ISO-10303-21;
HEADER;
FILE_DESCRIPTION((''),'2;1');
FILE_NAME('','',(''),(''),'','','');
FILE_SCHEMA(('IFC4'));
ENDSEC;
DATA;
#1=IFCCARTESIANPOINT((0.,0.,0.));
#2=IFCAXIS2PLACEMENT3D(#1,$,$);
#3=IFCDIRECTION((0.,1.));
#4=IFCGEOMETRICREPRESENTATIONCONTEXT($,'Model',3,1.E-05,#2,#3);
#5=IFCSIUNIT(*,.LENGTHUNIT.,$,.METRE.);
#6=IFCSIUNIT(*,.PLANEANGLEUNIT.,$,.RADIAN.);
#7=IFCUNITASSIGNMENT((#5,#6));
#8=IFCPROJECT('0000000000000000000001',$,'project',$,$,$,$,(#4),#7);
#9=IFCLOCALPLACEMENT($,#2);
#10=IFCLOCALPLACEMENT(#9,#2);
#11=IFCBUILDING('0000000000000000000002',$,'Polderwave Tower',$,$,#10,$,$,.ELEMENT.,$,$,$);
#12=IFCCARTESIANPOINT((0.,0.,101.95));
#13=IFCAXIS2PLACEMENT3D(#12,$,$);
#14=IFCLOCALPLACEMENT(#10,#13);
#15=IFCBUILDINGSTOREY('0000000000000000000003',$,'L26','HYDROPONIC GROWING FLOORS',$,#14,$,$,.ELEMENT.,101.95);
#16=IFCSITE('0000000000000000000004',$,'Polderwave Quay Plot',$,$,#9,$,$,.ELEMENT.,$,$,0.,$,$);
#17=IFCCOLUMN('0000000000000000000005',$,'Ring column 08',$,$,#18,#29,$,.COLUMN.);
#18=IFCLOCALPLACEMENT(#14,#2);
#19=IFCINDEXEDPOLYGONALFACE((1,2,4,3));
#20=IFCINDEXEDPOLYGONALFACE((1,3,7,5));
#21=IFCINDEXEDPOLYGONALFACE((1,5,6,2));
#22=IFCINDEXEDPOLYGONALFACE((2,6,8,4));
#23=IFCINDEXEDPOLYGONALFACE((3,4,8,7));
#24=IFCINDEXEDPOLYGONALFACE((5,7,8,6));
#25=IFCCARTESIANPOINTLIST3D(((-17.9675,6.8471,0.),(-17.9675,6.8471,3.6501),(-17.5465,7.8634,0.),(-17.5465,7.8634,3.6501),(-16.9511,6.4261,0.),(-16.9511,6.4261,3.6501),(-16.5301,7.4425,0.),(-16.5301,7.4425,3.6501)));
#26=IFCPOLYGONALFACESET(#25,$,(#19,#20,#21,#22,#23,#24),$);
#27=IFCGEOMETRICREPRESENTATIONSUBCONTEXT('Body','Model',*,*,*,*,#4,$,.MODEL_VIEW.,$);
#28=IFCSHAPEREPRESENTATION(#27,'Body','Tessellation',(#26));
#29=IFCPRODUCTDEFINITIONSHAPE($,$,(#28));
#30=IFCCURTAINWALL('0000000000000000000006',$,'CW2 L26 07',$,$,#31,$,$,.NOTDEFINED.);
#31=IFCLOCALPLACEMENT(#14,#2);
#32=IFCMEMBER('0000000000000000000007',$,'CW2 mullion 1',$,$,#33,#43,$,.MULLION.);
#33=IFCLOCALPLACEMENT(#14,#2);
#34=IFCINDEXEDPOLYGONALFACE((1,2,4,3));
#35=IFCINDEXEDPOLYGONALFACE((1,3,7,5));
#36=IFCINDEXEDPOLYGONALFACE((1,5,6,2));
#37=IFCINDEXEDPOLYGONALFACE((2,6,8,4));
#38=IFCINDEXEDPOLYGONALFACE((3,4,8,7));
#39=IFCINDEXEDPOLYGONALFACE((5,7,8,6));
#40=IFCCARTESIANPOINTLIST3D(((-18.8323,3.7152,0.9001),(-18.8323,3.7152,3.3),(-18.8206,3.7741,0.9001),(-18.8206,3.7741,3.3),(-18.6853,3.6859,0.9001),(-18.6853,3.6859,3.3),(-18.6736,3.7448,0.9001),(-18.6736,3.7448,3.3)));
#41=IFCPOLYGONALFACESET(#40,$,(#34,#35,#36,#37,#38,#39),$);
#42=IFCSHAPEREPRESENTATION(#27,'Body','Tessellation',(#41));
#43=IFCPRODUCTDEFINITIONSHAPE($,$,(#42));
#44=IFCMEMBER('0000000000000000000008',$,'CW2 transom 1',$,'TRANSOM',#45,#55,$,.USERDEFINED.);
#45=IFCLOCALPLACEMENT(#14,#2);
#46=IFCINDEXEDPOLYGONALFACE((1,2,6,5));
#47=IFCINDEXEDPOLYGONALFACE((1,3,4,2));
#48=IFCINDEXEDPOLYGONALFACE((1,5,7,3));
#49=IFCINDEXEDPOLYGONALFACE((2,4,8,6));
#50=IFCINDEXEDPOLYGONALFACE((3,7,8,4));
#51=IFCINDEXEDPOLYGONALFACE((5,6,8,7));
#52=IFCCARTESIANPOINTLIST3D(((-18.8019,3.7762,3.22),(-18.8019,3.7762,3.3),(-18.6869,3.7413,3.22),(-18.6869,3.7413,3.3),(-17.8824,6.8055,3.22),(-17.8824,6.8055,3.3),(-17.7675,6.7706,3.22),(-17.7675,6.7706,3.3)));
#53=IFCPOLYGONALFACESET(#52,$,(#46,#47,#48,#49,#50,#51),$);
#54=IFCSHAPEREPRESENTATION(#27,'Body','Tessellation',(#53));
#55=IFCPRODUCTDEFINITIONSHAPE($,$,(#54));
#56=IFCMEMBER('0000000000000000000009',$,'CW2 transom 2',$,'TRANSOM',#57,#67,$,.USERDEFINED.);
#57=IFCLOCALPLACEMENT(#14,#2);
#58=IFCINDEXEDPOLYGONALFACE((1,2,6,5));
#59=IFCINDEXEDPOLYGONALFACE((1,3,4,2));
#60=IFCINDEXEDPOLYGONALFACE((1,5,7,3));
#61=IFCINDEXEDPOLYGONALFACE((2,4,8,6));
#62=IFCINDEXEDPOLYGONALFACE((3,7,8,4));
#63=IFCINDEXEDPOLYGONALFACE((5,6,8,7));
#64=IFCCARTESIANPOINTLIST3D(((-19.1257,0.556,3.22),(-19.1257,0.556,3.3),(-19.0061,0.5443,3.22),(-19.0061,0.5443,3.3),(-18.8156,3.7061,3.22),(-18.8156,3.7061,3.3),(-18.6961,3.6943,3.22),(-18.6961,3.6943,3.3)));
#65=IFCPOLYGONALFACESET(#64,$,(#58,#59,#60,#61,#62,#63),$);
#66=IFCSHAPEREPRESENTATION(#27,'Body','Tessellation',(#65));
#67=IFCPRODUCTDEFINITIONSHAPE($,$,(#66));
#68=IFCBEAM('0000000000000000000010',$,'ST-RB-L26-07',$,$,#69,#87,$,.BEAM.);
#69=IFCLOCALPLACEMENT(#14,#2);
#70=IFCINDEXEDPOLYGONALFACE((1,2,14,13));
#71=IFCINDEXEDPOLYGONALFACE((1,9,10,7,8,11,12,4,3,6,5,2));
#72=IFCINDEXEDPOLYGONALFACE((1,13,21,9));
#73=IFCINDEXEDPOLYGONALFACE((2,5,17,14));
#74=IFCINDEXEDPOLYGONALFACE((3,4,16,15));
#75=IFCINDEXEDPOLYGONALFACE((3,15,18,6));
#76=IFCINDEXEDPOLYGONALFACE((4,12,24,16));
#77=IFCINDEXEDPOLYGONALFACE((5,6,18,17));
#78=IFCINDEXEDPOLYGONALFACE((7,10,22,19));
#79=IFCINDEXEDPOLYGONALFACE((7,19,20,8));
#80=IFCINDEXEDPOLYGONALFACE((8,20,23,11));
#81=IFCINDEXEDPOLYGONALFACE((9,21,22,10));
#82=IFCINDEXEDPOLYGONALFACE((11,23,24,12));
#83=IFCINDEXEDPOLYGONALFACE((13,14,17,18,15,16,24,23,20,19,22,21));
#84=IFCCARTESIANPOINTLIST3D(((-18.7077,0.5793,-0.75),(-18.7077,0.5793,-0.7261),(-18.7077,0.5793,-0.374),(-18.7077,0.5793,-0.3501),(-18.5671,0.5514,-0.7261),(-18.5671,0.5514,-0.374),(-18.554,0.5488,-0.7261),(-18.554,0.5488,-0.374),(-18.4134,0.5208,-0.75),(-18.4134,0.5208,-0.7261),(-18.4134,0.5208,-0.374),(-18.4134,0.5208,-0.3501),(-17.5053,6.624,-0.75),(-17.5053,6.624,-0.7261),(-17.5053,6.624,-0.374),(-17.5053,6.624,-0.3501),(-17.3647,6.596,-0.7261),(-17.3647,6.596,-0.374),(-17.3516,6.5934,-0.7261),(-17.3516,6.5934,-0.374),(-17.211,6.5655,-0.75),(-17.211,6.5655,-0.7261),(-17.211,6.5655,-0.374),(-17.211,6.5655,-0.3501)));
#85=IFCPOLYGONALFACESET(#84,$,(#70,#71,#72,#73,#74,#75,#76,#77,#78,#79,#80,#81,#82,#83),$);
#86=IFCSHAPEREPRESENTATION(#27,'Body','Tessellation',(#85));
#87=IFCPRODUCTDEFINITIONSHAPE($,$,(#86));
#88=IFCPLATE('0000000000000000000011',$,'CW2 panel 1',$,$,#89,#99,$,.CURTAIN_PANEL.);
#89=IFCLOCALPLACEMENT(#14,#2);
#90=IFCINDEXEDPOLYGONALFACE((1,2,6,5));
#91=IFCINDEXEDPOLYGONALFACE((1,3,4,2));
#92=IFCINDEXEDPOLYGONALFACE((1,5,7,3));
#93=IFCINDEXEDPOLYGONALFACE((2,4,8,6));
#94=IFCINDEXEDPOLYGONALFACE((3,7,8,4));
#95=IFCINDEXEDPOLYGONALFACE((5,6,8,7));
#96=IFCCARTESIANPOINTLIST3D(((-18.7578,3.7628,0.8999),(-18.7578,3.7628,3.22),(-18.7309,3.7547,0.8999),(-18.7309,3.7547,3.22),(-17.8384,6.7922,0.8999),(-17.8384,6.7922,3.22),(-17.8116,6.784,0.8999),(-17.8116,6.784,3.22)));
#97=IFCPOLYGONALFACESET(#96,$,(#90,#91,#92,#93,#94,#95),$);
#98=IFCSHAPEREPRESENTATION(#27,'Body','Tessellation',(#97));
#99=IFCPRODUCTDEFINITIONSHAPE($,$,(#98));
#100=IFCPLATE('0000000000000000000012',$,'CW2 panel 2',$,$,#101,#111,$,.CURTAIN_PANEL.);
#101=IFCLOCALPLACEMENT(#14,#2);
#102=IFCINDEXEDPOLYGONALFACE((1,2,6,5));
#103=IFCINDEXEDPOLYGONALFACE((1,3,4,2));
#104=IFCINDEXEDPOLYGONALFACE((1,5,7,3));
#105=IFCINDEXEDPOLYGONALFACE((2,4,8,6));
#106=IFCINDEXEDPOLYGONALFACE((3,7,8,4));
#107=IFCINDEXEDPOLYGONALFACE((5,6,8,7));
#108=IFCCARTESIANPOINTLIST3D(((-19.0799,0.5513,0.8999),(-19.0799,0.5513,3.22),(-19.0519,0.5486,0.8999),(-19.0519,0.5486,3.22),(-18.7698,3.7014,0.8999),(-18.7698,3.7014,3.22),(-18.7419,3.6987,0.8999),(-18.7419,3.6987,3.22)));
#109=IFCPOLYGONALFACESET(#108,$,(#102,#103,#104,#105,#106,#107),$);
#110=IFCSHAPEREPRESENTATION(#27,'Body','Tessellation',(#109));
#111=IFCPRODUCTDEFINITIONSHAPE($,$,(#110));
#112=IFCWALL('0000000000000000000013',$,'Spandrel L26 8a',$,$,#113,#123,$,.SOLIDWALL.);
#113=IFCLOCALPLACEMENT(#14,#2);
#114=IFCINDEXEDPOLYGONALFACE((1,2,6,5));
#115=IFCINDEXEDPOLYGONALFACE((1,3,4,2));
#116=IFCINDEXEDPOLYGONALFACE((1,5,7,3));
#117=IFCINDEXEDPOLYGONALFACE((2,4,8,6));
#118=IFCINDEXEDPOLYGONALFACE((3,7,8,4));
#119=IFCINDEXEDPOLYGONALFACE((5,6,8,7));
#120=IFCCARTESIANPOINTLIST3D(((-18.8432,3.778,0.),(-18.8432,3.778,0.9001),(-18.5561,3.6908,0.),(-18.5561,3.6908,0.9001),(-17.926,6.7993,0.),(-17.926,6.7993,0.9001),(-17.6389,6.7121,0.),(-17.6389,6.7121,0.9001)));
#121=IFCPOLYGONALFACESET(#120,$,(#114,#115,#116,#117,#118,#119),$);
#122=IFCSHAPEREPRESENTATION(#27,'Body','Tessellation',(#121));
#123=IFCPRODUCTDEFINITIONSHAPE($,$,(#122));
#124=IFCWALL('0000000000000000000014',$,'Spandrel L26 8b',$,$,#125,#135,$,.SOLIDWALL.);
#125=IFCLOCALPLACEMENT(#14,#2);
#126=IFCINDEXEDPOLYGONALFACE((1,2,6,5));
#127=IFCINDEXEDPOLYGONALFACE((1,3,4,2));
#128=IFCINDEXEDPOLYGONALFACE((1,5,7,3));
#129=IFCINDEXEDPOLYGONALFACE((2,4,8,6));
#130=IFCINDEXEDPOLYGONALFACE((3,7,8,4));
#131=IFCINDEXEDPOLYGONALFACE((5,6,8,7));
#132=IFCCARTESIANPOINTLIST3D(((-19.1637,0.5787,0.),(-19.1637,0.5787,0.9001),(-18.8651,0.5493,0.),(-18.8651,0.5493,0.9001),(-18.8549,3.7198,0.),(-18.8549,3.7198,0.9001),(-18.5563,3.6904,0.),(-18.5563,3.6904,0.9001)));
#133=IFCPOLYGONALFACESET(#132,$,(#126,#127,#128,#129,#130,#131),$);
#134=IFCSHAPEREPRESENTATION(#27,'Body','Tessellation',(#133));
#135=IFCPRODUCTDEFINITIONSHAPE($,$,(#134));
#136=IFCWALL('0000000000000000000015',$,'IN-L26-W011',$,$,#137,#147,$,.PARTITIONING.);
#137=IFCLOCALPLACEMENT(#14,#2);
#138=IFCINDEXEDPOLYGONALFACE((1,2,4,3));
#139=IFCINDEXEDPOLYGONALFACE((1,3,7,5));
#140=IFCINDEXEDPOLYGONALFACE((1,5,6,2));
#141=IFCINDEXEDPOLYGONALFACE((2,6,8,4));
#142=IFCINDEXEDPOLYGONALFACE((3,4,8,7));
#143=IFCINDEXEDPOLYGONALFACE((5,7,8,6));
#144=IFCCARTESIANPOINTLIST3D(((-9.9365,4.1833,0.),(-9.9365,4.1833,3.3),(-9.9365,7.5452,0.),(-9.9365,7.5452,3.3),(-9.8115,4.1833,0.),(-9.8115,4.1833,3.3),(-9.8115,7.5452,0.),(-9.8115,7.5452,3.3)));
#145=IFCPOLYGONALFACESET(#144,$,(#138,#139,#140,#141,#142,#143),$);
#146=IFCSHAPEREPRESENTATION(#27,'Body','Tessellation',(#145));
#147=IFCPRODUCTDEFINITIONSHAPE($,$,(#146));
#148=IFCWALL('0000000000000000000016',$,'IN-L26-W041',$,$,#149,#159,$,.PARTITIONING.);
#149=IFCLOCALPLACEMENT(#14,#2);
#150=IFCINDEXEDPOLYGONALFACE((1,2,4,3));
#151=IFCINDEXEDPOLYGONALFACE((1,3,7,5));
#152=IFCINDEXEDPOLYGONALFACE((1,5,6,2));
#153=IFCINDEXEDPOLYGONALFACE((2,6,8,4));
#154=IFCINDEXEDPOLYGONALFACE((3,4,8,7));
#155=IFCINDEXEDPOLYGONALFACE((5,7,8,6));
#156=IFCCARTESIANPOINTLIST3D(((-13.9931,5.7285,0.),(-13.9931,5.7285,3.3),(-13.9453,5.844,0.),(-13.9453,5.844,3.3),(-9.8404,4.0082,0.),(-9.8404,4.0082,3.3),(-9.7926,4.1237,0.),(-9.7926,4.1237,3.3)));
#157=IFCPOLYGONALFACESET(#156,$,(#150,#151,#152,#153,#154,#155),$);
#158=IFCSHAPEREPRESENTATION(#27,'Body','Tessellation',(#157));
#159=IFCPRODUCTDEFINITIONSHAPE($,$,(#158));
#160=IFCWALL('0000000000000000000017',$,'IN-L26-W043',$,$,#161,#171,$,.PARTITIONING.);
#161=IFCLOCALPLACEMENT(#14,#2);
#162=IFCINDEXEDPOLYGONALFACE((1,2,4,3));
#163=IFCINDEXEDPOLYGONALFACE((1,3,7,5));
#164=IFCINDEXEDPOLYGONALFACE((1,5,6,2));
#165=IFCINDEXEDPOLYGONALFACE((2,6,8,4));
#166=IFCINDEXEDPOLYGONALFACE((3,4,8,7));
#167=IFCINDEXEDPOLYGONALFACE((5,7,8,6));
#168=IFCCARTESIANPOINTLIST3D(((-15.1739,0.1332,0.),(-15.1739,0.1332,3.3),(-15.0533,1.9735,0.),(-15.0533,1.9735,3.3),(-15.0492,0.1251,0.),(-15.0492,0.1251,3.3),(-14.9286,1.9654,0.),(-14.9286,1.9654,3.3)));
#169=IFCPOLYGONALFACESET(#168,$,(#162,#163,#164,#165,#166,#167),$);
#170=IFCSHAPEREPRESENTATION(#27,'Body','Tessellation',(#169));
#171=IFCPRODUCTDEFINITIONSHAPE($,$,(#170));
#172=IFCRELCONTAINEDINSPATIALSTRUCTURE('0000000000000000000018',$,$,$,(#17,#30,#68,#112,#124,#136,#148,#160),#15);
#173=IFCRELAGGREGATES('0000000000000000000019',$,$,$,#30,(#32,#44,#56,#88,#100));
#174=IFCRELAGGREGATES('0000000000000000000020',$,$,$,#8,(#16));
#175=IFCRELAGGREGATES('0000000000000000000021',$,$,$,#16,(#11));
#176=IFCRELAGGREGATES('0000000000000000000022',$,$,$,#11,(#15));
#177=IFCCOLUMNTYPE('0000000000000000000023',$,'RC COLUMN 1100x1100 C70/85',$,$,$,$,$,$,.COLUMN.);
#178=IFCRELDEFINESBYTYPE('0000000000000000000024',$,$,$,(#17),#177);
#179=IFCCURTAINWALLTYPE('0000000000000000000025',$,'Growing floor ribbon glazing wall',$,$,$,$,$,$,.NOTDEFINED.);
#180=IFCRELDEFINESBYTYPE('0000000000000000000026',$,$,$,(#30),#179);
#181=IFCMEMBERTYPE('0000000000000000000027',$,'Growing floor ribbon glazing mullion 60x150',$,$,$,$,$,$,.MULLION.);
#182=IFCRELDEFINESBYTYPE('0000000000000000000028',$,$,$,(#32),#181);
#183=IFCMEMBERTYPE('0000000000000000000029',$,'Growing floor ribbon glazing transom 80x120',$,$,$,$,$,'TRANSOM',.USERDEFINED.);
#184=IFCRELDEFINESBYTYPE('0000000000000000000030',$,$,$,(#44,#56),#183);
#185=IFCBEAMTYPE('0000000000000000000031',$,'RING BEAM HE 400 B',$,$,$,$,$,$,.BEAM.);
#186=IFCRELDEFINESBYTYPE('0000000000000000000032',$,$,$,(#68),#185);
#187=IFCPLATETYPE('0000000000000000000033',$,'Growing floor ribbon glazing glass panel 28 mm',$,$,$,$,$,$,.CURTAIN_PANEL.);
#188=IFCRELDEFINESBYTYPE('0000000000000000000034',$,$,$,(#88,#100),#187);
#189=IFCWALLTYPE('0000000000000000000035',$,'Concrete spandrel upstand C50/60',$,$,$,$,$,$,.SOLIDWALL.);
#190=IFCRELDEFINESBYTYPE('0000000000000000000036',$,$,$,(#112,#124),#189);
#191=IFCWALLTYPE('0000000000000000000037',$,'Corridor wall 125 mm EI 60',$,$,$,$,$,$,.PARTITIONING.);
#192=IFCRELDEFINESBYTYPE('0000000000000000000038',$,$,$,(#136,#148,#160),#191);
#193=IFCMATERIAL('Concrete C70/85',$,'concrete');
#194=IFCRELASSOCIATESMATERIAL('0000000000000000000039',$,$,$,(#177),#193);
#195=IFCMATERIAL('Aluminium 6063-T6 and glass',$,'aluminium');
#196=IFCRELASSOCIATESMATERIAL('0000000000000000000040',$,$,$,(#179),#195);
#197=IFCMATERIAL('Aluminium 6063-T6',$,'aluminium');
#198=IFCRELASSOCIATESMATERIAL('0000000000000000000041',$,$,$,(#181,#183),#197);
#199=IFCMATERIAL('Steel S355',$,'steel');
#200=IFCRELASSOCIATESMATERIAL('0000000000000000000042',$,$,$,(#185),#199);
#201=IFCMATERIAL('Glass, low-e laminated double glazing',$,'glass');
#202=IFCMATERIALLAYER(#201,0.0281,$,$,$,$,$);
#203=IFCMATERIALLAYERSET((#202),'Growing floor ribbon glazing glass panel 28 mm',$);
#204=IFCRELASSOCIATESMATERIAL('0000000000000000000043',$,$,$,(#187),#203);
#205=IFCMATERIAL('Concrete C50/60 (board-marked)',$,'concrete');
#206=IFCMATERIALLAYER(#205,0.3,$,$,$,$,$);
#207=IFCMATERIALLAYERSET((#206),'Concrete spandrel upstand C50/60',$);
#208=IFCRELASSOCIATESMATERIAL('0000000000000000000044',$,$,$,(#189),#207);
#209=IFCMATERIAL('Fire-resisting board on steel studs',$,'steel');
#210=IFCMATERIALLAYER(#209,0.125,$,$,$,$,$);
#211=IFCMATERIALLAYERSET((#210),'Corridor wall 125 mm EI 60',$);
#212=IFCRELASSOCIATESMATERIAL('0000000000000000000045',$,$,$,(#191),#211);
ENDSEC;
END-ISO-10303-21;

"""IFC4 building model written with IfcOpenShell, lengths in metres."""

from ifc_helpers import new_model, si_unit, direction, frame, frame_2d, origin, origin_2d, place, context, subcontext, project, spatial, rectangle, i_section, extrude, material, layer, layer_set, material_profile, profile_set, type_object, element, aggregate, save


model = new_model("IFC4")

# Units and contexts
model_context = context("Model", 3, precision=1e-05, world=origin(), true_north=direction((0.0, 1.0)))
body_context = subcontext(model_context, "Body", "Model", "MODEL_VIEW")
ifc_project = project(units=[si_unit("LENGTHUNIT", "METRE"), si_unit("PLANEANGLEUNIT", "RADIAN")], contexts=[model_context])

# Site, building, storey
site_placement = place(None, origin())
site = spatial("IfcSite", under=ifc_project, at=site_placement, Name="Polderwave Quay Plot", CompositionType="ELEMENT", RefElevation=0.0)
building_placement = place(site_placement, origin())
building = spatial("IfcBuilding", under=site, at=building_placement, Name="Polderwave Tower", CompositionType="ELEMENT")
storey_placement = place(building_placement, frame((0.0, 0.0, 101.95)))
storey = spatial("IfcBuildingStorey", under=building, at=storey_placement, Name="L26", Description="HYDROPONIC GROWING FLOORS", CompositionType="ELEMENT", Elevation=101.95)

# Column
ifc_material_1 = material(Name="Concrete C70/85", Category="concrete")
ifc_material_profile_1 = material_profile(ifc_material_1, rectangle(XDim=1.1001, YDim=1.1001, at=origin_2d()), Name="RC 1100x1100")
ifc_profile_set_1 = profile_set([ifc_material_profile_1], Name="Concrete C70/85")
column_type = type_object("IfcColumnType", Name="RC COLUMN 1100x1100 C70/85", PredefinedType="COLUMN", material=ifc_profile_set_1)
column_placement = place(storey_placement, frame((-17.2488, 7.1448, 0.0), z_axis=(0.0, 0.0, 1.0), x_axis=(-0.92388, 0.382683, 0.0)))
element("IfcColumn", 1, at=column_placement, inside=storey, type_object=column_type, Name="Ring column 08", PredefinedType="COLUMN", context=body_context, shape_type="SweptSolid", body=[
    extrude(rectangle(XDim=1.1001, YDim=1.1001, at=origin_2d()), origin(), (0.0, 0.0, 1.0), 3.6501),
])

# Curtain wall, members
ifc_material_2 = material(Name="Aluminium 6063-T6 and glass", Category="aluminium")
curtain_wall_type = type_object("IfcCurtainWallType", Name="Growing floor ribbon glazing wall", PredefinedType="NOTDEFINED", material=ifc_material_2)
curtain_wall_placement = place(storey_placement, origin())
curtain_wall = element("IfcCurtainWall", 2, at=curtain_wall_placement, inside=storey, type_object=curtain_wall_type, Name="CW2 L26 07", PredefinedType="NOTDEFINED")
ifc_material_3 = material(Name="Aluminium 6063-T6", Category="aluminium")
ifc_material_profile_2 = material_profile(ifc_material_3, rectangle(XDim=0.1499, YDim=0.0601, at=origin_2d()), Name="AL 60x150")
ifc_profile_set_2 = profile_set([ifc_material_profile_2], Name="Aluminium 6063-T6")
member_type_1 = type_object("IfcMemberType", Name="Growing floor ribbon glazing mullion 60x150", PredefinedType="MULLION", material=ifc_profile_set_2)
member_1_placement = place(storey_placement, frame((-18.7529, 3.73, 0.9001), z_axis=(0.0, 0.0, 1.0), x_axis=(0.980781, -0.195113, 0.0)))
member_1 = element("IfcMember", 3, at=member_1_placement, type_object=member_type_1, Name="CW2 mullion 1", PredefinedType="MULLION", context=body_context, shape_type="SweptSolid", body=[
    extrude(rectangle(XDim=0.1499, YDim=0.0601, at=origin_2d()), origin(), (0.0, 0.0, 1.0), 2.3999),
])
ifc_material_profile_3 = material_profile(ifc_material_3, rectangle(XDim=0.1201, YDim=0.0801, at=origin_2d()), Name="AL 80x120")
ifc_profile_set_3 = profile_set([ifc_material_profile_3], Name="Aluminium 6063-T6")
member_type_2 = type_object("IfcMemberType", Name="Growing floor ribbon glazing transom 80x120", ElementType="TRANSOM", PredefinedType="USERDEFINED", material=ifc_profile_set_3)
member_2_placement = place(storey_placement, frame((-17.825, 6.7881, 3.26), z_axis=(-0.290431, -0.956896, 0.0), x_axis=(0.956896, -0.290431, 0.0)))
member_2 = element("IfcMember", 4, at=member_2_placement, type_object=member_type_2, Name="CW2 transom 1", ObjectType="TRANSOM", PredefinedType="USERDEFINED", context=body_context, shape_type="SweptSolid", body=[
    extrude(rectangle(XDim=0.1201, YDim=0.0801, at=origin_2d()), origin(), (0.0, 0.0, 1.0), 3.1658),
])
member_3_placement = place(storey_placement, frame((-18.7559, 3.7002, 3.26), z_axis=(-0.097953, -0.995191, 0.0), x_axis=(0.995191, -0.097953, 0.0)))
member_3 = element("IfcMember", 5, at=member_3_placement, type_object=member_type_2, Name="CW2 transom 2", ObjectType="TRANSOM", PredefinedType="USERDEFINED", context=body_context, shape_type="SweptSolid", body=[
    extrude(rectangle(XDim=0.1201, YDim=0.0801, at=origin_2d()), origin(), (0.0, 0.0, 1.0), 3.1653),
])

# Beam
ifc_material_4 = material(Name="Steel S355", Category="steel")
ifc_material_profile_4 = material_profile(ifc_material_4, i_section(OverallWidth=0.3, OverallDepth=0.3999, WebThickness=0.0134, FlangeThickness=0.0239, at=origin_2d()), Name="HE 400 B")
ifc_profile_set_4 = profile_set([ifc_material_profile_4], Name="Steel S355")
beam_type = type_object("IfcBeamType", Name="RING BEAM HE 400 B", PredefinedType="BEAM", material=ifc_profile_set_4)
beam_placement = place(storey_placement, frame((-17.3582, 6.5947, -0.55), z_axis=(-0.195095, -0.980784, 0.0), x_axis=(0.980784, -0.195095, 0.0)))
element("IfcBeam", 6, at=beam_placement, inside=storey, type_object=beam_type, Name="ST-RB-L26-07", PredefinedType="BEAM", context=body_context, shape_type="SweptSolid", body=[
    extrude(i_section(OverallWidth=0.3, OverallDepth=0.3999, WebThickness=0.0134, FlangeThickness=0.0239, at=origin_2d()), origin(), (0.0, 0.0, 1.0), 6.1631),
])

# Plates
ifc_material_5 = material(Name="Glass, low-e laminated double glazing", Category="glass")
ifc_layer_1 = layer(ifc_material_5, 0.0281)
ifc_layer_set_1 = layer_set([ifc_layer_1], Name="Growing floor ribbon glazing glass panel 28 mm")
plate_type = type_object("IfcPlateType", Name="Growing floor ribbon glazing glass panel 28 mm", PredefinedType="CURTAIN_PANEL", material=ifc_layer_set_1)
plate_1_placement = place(storey_placement, frame((-18.2847, 5.2734, 0.8999), z_axis=(0.0, 0.0, 1.0), x_axis=(-0.29039, -0.956908, 0.0)))
plate_1 = element("IfcPlate", 7, at=plate_1_placement, type_object=plate_type, Name="CW2 panel 1", PredefinedType="CURTAIN_PANEL", context=body_context, shape_type="SweptSolid", body=[
    extrude(rectangle(XDim=3.1658, YDim=0.0281, at=origin_2d()), origin(), (0.0, 0.0, 1.0), 2.3201),
])
plate_2_placement = place(storey_placement, frame((-18.9109, 2.125, 0.8999), z_axis=(0.0, 0.0, 1.0), x_axis=(-0.097955, -0.995191, 0.0)))
plate_2 = element("IfcPlate", 8, at=plate_2_placement, type_object=plate_type, Name="CW2 panel 2", PredefinedType="CURTAIN_PANEL", context=body_context, shape_type="SweptSolid", body=[
    extrude(rectangle(XDim=3.1653, YDim=0.0281, at=origin_2d()), origin(), (0.0, 0.0, 1.0), 2.3201),
])
aggregate(curtain_wall, [member_1, member_2, member_3, plate_1, plate_2])

# Walls
ifc_material_6 = material(Name="Concrete C50/60 (board-marked)", Category="concrete")
ifc_layer_2 = layer(ifc_material_6, 0.3)
ifc_layer_set_2 = layer_set([ifc_layer_2], Name="Concrete spandrel upstand C50/60")
wall_type_1 = type_object("IfcWallType", Name="Concrete spandrel upstand C50/60", PredefinedType="SOLIDWALL", material=ifc_layer_set_2)
wall_1_placement = place(storey_placement, frame((-17.7825, 6.7556, 0.0), z_axis=(0.0, 0.0, 1.0), x_axis=(-0.290503, -0.956874, 0.0)))
element("IfcWall", 9, at=wall_1_placement, inside=storey, type_object=wall_type_1, Name="Spandrel L26 8a", PredefinedType="SOLIDWALL", context=body_context, shape_type="SweptSolid", body=[
    extrude(rectangle(XDim=3.1575, YDim=0.3, at=frame_2d((1.5786, 0.0))), origin(), (0.0, 0.0, 1.0), 0.9001),
])
wall_2_placement = place(storey_placement, frame((-18.7056, 3.7051, 0.0), z_axis=(0.0, 0.0, 1.0), x_axis=(-0.097849, -0.995201, 0.0)))
element("IfcWall", 10, at=wall_2_placement, inside=storey, type_object=wall_type_1, Name="Spandrel L26 8b", PredefinedType="SOLIDWALL", context=body_context, shape_type="SweptSolid", body=[
    extrude(rectangle(XDim=3.1562, YDim=0.3, at=frame_2d((1.5781, 0.0))), origin(), (0.0, 0.0, 1.0), 0.9001),
])
ifc_material_7 = material(Name="Fire-resisting board on steel studs", Category="steel")
ifc_layer_3 = layer(ifc_material_7, 0.125)
ifc_layer_set_3 = layer_set([ifc_layer_3], Name="Corridor wall 125 mm EI 60")
wall_type_2 = type_object("IfcWallType", Name="Corridor wall 125 mm EI 60", PredefinedType="PARTITIONING", material=ifc_layer_set_3)
wall_3_placement = place(storey_placement, frame((-9.874, 4.1833, 0.0), z_axis=(0.0, 0.0, 1.0), x_axis=(0.0, 1.0, 0.0)))
element("IfcWall", 11, at=wall_3_placement, inside=storey, type_object=wall_type_2, Name="IN-L26-W011", PredefinedType="PARTITIONING", context=body_context, shape_type="SweptSolid", body=[
    extrude(rectangle(XDim=3.3618, YDim=0.125, at=frame_2d((1.6809, 0.0))), origin(), (0.0, 0.0, 1.0), 3.3),
])
wall_4_placement = place(storey_placement, frame((-9.8164, 4.0659, 0.0), z_axis=(0.0, 0.0, 1.0), x_axis=(-0.923867, 0.382713, 0.0)))
element("IfcWall", 12, at=wall_4_placement, inside=storey, type_object=wall_type_2, Name="IN-L26-W041", PredefinedType="PARTITIONING", context=body_context, shape_type="SweptSolid", body=[
    extrude(rectangle(XDim=4.4949, YDim=0.125, at=frame_2d((2.2476, 0.0))), origin(), (0.0, 0.0, 1.0), 3.3),
])
wall_5_placement = place(storey_placement, frame((-15.1116, 0.1292, 0.0), z_axis=(0.0, 0.0, 1.0), x_axis=(0.065394, 0.997859, 0.0)))
element("IfcWall", 13, at=wall_5_placement, inside=storey, type_object=wall_type_2, Name="IN-L26-W043", PredefinedType="PARTITIONING", context=body_context, shape_type="SweptSolid", body=[
    extrude(rectangle(XDim=1.8442, YDim=0.125, at=frame_2d((0.9221, 0.0))), origin(), (0.0, 0.0, 1.0), 3.3),
])

save(model, "model.ifc")
